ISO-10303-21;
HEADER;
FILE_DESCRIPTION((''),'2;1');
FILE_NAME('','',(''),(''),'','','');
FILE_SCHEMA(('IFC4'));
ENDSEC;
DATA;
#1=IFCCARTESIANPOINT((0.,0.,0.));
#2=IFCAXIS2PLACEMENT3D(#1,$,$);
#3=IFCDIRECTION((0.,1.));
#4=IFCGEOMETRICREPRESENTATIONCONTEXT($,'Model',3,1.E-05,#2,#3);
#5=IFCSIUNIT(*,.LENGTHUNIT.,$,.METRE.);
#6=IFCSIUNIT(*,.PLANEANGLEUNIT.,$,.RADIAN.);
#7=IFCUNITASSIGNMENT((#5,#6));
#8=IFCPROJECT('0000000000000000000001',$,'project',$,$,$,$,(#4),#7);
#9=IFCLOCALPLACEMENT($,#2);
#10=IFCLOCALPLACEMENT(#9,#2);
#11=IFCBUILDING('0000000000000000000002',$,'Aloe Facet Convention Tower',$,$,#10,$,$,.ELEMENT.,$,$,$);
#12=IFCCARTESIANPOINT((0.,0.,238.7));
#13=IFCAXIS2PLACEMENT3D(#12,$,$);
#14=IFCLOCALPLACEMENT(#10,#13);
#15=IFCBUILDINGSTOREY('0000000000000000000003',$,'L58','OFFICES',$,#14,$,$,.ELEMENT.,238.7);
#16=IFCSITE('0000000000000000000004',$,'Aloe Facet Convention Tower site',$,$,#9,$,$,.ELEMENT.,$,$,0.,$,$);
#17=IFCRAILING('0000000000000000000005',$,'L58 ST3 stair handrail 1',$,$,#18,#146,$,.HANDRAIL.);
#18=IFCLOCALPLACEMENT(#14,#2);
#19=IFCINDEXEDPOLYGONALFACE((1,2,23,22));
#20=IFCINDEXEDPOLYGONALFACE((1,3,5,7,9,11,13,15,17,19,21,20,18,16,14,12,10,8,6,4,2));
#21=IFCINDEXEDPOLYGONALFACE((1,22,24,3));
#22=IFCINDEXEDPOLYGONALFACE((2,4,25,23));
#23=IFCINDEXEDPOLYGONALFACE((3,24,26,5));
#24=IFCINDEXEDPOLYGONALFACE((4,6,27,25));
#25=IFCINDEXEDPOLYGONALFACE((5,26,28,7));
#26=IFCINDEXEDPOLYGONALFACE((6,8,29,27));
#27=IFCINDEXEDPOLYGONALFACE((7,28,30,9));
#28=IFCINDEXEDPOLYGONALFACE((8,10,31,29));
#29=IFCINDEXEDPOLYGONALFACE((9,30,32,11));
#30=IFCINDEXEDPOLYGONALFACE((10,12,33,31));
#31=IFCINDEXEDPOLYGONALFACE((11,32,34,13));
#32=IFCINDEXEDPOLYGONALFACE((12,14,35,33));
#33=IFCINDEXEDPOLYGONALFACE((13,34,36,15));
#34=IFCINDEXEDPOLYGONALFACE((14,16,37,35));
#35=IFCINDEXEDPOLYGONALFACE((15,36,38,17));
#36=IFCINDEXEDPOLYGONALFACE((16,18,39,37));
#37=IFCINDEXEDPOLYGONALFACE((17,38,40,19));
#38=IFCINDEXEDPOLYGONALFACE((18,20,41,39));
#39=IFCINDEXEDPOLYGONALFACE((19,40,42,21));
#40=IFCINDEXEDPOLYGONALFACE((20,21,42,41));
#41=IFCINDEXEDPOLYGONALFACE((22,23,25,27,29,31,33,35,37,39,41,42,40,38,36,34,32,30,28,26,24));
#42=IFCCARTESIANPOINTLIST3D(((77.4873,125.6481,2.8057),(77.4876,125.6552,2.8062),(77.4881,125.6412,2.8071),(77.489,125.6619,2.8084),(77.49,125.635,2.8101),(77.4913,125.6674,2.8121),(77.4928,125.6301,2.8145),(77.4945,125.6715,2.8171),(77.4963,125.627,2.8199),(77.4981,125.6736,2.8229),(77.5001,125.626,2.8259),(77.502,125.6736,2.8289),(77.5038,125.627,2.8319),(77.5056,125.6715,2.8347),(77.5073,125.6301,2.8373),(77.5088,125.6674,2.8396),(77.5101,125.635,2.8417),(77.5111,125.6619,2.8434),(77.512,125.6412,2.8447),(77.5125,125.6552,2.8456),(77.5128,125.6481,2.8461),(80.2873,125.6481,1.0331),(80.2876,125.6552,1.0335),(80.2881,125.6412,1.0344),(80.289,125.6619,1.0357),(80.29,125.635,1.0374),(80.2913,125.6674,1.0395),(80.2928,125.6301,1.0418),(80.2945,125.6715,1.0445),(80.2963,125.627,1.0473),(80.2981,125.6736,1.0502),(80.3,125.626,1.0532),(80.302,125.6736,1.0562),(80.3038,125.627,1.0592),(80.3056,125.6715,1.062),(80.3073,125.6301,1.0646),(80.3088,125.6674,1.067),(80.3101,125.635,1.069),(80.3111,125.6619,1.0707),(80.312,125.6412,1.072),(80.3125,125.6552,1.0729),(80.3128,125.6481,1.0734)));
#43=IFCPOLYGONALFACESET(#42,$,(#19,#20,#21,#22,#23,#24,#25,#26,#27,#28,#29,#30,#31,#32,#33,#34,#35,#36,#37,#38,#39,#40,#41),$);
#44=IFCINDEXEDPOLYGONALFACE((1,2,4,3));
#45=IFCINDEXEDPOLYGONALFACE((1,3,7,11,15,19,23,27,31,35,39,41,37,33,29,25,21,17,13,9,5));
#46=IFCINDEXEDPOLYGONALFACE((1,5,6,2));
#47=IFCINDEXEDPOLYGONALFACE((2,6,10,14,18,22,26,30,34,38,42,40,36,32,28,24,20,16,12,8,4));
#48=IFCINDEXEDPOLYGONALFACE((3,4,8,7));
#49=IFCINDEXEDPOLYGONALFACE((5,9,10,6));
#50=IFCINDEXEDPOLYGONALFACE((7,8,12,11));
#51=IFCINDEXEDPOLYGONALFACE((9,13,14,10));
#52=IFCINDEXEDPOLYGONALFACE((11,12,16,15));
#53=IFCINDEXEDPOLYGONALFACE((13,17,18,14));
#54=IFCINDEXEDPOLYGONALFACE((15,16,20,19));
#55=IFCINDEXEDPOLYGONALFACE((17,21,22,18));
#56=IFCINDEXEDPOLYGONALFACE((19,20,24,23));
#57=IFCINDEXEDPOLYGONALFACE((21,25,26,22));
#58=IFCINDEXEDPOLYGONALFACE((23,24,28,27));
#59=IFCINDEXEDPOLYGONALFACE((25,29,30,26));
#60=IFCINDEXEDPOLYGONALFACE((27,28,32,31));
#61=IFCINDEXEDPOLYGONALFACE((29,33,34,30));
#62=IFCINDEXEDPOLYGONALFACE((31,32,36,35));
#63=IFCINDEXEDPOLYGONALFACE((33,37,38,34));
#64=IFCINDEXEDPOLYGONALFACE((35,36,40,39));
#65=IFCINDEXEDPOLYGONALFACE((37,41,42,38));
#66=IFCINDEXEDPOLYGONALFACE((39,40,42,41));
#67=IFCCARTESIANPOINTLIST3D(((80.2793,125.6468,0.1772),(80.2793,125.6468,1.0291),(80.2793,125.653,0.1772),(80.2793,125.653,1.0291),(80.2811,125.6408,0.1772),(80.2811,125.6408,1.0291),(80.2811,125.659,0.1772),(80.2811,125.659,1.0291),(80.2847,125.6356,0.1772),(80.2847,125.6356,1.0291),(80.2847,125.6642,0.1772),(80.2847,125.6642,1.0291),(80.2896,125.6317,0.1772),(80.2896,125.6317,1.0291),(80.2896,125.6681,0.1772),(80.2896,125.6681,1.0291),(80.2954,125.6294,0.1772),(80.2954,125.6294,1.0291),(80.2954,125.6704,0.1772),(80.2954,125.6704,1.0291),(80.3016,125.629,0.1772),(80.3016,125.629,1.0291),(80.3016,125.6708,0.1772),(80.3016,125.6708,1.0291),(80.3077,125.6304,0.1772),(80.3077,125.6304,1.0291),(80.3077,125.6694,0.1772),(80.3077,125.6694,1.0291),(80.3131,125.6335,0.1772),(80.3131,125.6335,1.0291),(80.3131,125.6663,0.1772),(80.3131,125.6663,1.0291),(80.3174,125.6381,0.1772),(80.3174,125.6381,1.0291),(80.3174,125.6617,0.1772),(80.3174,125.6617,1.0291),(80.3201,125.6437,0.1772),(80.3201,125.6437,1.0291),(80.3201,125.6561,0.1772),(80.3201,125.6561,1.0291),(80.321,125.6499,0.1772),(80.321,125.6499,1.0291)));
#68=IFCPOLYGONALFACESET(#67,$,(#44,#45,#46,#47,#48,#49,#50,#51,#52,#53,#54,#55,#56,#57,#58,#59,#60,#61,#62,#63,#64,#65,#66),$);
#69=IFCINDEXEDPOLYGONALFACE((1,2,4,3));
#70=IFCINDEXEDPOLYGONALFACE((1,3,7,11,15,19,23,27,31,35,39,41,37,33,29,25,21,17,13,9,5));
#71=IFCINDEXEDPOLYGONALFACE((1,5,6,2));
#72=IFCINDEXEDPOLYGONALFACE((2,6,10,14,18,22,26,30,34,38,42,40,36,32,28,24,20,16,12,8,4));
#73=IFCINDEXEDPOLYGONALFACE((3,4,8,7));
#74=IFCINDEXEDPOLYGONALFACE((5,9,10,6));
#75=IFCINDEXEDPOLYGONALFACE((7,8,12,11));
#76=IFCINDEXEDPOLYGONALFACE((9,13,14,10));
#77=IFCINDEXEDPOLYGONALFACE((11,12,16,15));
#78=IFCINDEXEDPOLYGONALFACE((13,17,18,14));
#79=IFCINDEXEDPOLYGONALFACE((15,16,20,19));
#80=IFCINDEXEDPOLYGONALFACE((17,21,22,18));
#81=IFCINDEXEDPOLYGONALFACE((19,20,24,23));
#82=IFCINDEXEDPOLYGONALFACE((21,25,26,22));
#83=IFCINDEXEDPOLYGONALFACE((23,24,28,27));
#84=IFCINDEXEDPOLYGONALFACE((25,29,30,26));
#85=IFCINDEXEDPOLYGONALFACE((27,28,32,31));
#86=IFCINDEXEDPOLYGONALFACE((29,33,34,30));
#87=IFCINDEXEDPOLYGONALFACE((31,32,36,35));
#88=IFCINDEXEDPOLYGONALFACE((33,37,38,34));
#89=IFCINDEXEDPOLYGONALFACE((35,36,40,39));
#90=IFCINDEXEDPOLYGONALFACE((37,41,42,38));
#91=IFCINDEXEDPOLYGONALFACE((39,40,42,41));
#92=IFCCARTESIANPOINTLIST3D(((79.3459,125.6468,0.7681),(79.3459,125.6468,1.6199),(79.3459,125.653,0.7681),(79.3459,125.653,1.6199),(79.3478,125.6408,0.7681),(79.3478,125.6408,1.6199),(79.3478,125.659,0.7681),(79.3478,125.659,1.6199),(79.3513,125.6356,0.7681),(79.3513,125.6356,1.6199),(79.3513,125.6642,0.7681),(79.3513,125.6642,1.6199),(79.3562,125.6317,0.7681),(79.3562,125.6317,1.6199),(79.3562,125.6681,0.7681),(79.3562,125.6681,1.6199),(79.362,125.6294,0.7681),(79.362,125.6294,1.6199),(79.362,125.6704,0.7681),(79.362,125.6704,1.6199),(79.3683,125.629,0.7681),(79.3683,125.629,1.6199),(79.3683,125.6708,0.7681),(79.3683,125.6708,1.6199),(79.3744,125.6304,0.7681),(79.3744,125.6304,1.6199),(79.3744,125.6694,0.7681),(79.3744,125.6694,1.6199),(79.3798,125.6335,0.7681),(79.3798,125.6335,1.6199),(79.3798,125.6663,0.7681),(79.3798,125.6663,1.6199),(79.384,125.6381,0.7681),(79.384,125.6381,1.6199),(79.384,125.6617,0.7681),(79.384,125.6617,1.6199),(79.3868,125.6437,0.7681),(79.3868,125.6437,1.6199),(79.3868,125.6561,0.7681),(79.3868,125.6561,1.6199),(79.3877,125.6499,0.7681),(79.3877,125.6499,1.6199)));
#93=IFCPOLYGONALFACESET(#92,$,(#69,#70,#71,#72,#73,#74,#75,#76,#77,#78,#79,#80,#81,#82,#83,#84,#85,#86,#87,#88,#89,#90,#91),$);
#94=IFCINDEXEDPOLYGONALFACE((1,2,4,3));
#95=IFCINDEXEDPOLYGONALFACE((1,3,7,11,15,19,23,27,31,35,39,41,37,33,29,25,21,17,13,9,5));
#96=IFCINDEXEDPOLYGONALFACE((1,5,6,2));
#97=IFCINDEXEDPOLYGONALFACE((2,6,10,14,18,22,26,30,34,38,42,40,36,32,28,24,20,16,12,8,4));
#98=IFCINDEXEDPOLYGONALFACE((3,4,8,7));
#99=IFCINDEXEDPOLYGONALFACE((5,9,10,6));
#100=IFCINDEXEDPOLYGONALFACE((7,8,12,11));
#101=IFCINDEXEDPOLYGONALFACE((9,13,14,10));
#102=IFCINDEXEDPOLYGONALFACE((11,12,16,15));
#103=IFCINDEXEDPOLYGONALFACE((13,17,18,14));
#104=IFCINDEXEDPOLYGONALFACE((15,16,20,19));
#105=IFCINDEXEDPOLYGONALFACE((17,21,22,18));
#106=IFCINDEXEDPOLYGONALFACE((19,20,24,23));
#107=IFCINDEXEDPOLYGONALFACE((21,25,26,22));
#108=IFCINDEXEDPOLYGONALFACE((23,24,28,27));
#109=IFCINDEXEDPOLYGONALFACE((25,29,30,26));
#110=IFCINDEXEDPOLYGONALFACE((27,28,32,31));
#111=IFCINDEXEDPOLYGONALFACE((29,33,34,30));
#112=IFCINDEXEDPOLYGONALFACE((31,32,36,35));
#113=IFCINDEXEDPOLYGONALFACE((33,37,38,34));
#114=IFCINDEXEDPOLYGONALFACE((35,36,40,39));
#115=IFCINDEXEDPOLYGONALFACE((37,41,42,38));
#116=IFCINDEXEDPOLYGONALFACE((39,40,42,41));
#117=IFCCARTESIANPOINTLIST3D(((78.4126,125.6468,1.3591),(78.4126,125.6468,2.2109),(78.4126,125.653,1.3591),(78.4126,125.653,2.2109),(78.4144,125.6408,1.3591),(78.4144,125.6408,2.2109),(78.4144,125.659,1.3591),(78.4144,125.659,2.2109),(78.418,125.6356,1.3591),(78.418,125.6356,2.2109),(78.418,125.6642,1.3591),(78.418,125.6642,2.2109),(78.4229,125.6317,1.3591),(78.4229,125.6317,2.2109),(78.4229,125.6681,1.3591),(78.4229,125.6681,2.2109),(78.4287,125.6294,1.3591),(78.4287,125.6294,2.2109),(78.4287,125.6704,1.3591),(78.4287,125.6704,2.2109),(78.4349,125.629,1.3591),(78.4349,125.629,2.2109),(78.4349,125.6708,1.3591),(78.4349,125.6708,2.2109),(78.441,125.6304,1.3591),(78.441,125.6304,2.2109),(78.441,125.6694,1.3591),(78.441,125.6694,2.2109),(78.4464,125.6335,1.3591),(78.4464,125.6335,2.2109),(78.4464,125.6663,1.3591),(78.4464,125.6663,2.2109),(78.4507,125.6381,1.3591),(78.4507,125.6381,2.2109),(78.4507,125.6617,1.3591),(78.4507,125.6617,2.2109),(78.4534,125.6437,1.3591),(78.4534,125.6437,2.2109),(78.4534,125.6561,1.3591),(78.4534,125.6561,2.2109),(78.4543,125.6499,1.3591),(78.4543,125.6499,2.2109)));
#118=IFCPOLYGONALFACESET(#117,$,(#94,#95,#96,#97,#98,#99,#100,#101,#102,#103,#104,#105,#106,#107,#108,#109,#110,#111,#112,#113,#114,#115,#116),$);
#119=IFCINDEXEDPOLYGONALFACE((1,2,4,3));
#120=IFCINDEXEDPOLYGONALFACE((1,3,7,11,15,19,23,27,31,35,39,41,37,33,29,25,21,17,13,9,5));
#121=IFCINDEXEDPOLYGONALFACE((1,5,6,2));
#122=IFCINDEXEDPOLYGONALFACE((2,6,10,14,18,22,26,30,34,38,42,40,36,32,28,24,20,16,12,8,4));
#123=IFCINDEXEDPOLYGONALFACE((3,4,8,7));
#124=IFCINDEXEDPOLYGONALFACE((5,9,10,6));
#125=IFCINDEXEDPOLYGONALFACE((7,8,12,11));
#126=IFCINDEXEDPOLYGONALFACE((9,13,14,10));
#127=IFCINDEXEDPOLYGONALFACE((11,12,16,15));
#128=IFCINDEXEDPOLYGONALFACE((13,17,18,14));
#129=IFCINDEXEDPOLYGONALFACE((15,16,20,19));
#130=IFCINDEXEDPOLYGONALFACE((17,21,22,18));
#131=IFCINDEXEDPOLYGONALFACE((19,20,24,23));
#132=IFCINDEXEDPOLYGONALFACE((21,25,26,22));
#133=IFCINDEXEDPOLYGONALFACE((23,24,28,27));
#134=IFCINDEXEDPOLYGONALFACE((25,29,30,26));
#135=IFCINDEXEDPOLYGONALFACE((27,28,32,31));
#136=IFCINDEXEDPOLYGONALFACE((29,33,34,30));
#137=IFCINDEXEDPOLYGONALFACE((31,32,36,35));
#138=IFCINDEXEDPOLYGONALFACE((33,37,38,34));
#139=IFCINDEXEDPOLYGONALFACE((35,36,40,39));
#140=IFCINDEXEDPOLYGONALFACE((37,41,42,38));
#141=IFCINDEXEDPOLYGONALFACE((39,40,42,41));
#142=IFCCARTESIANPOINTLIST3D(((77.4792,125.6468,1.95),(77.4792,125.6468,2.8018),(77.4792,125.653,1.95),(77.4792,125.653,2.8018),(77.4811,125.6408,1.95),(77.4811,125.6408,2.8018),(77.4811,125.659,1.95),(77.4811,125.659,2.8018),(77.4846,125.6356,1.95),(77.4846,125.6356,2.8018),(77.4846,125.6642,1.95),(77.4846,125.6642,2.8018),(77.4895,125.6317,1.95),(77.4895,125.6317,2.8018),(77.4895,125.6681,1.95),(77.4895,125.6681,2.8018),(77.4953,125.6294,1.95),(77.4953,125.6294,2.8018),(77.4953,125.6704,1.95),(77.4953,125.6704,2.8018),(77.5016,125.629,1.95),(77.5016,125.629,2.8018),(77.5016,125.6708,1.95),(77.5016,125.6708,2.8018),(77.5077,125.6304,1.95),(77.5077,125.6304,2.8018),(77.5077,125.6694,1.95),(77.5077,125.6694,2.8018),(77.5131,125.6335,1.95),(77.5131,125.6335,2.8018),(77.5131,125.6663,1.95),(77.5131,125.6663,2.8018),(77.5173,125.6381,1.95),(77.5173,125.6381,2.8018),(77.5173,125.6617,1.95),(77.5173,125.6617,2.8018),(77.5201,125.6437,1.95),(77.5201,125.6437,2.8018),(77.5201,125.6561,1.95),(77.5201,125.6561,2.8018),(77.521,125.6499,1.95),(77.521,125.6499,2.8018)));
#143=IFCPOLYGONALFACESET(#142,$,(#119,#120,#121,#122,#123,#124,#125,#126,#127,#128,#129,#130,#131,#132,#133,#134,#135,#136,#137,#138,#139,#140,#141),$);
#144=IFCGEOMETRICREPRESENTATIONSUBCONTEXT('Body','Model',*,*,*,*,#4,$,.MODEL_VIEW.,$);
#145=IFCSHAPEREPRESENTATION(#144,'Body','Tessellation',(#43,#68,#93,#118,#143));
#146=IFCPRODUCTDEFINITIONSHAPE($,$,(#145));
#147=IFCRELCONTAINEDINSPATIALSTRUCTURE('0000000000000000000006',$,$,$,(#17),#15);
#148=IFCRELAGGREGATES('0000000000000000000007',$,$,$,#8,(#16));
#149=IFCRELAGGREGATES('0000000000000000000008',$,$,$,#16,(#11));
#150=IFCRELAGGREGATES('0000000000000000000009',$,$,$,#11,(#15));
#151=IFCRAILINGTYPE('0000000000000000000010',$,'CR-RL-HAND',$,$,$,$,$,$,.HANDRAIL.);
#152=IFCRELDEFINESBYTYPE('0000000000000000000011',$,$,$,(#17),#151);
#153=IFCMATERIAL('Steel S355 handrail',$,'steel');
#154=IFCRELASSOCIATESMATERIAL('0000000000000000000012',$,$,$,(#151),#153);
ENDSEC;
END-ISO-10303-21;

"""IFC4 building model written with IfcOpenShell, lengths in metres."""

from ifc_helpers import new_model, si_unit, direction, frame, origin, origin_2d, place, context, subcontext, project, spatial, circle, extrude, material, type_object, element, save


model = new_model("IFC4")

# Units and contexts
model_context = context("Model", 3, precision=1e-05, world=origin(), true_north=direction((0.0, 1.0)))
body_context = subcontext(model_context, "Body", "Model", "MODEL_VIEW")
ifc_project = project(units=[si_unit("LENGTHUNIT", "METRE"), si_unit("PLANEANGLEUNIT", "RADIAN")], contexts=[model_context])

# Site, building, storey
site_placement = place(None, origin())
site = spatial("IfcSite", under=ifc_project, at=site_placement, Name="Aloe Facet Convention Tower site", CompositionType="ELEMENT", RefElevation=0.0)
building_placement = place(site_placement, origin())
building = spatial("IfcBuilding", under=site, at=building_placement, Name="Aloe Facet Convention Tower", CompositionType="ELEMENT")
storey_placement = place(building_placement, frame((0.0, 0.0, 238.7)))
storey = spatial("IfcBuildingStorey", under=building, at=storey_placement, Name="L58", Description="OFFICES", CompositionType="ELEMENT", Elevation=238.7)

# Railing
ifc_material_1 = material(Name="Steel S355 handrail", Category="steel")
railing_type_1 = type_object("IfcRailingType", Name="CR-RL-HAND", PredefinedType="HANDRAIL", material=ifc_material_1)
railing_1_placement = place(storey_placement, frame((80.3, 125.6499, 0.1772)))
element("IfcRailing", 1, at=railing_1_placement, inside=storey, type_object=railing_type_1, Name="L58 ST3 stair handrail 1", PredefinedType="HANDRAIL", context=body_context, shape_type="SweptSolid", body=[
    extrude(circle(Radius=0.0239, at=origin_2d()), frame((0.0, 0.0, 0.876), z_axis=(-0.844909, 0.0, 0.53491), x_axis=(0.0, -1.0, 0.0)), (0.0, 0.0, 1.0), 3.314),
    extrude(circle(Radius=0.021, at=origin_2d()), origin(), (0.0, 0.0, 1.0), 0.8518),
    extrude(circle(Radius=0.021, at=origin_2d()), frame((-0.9333, 0.0, 0.5908)), (0.0, 0.0, 1.0), 0.8518),
    extrude(circle(Radius=0.021, at=origin_2d()), frame((-1.8667, 0.0, 1.1819)), (0.0, 0.0, 1.0), 0.8518),
    extrude(circle(Radius=0.021, at=origin_2d()), frame((-2.8, 0.0, 1.7727)), (0.0, 0.0, 1.0), 0.8518),
])

save(model, "model.ifc")
